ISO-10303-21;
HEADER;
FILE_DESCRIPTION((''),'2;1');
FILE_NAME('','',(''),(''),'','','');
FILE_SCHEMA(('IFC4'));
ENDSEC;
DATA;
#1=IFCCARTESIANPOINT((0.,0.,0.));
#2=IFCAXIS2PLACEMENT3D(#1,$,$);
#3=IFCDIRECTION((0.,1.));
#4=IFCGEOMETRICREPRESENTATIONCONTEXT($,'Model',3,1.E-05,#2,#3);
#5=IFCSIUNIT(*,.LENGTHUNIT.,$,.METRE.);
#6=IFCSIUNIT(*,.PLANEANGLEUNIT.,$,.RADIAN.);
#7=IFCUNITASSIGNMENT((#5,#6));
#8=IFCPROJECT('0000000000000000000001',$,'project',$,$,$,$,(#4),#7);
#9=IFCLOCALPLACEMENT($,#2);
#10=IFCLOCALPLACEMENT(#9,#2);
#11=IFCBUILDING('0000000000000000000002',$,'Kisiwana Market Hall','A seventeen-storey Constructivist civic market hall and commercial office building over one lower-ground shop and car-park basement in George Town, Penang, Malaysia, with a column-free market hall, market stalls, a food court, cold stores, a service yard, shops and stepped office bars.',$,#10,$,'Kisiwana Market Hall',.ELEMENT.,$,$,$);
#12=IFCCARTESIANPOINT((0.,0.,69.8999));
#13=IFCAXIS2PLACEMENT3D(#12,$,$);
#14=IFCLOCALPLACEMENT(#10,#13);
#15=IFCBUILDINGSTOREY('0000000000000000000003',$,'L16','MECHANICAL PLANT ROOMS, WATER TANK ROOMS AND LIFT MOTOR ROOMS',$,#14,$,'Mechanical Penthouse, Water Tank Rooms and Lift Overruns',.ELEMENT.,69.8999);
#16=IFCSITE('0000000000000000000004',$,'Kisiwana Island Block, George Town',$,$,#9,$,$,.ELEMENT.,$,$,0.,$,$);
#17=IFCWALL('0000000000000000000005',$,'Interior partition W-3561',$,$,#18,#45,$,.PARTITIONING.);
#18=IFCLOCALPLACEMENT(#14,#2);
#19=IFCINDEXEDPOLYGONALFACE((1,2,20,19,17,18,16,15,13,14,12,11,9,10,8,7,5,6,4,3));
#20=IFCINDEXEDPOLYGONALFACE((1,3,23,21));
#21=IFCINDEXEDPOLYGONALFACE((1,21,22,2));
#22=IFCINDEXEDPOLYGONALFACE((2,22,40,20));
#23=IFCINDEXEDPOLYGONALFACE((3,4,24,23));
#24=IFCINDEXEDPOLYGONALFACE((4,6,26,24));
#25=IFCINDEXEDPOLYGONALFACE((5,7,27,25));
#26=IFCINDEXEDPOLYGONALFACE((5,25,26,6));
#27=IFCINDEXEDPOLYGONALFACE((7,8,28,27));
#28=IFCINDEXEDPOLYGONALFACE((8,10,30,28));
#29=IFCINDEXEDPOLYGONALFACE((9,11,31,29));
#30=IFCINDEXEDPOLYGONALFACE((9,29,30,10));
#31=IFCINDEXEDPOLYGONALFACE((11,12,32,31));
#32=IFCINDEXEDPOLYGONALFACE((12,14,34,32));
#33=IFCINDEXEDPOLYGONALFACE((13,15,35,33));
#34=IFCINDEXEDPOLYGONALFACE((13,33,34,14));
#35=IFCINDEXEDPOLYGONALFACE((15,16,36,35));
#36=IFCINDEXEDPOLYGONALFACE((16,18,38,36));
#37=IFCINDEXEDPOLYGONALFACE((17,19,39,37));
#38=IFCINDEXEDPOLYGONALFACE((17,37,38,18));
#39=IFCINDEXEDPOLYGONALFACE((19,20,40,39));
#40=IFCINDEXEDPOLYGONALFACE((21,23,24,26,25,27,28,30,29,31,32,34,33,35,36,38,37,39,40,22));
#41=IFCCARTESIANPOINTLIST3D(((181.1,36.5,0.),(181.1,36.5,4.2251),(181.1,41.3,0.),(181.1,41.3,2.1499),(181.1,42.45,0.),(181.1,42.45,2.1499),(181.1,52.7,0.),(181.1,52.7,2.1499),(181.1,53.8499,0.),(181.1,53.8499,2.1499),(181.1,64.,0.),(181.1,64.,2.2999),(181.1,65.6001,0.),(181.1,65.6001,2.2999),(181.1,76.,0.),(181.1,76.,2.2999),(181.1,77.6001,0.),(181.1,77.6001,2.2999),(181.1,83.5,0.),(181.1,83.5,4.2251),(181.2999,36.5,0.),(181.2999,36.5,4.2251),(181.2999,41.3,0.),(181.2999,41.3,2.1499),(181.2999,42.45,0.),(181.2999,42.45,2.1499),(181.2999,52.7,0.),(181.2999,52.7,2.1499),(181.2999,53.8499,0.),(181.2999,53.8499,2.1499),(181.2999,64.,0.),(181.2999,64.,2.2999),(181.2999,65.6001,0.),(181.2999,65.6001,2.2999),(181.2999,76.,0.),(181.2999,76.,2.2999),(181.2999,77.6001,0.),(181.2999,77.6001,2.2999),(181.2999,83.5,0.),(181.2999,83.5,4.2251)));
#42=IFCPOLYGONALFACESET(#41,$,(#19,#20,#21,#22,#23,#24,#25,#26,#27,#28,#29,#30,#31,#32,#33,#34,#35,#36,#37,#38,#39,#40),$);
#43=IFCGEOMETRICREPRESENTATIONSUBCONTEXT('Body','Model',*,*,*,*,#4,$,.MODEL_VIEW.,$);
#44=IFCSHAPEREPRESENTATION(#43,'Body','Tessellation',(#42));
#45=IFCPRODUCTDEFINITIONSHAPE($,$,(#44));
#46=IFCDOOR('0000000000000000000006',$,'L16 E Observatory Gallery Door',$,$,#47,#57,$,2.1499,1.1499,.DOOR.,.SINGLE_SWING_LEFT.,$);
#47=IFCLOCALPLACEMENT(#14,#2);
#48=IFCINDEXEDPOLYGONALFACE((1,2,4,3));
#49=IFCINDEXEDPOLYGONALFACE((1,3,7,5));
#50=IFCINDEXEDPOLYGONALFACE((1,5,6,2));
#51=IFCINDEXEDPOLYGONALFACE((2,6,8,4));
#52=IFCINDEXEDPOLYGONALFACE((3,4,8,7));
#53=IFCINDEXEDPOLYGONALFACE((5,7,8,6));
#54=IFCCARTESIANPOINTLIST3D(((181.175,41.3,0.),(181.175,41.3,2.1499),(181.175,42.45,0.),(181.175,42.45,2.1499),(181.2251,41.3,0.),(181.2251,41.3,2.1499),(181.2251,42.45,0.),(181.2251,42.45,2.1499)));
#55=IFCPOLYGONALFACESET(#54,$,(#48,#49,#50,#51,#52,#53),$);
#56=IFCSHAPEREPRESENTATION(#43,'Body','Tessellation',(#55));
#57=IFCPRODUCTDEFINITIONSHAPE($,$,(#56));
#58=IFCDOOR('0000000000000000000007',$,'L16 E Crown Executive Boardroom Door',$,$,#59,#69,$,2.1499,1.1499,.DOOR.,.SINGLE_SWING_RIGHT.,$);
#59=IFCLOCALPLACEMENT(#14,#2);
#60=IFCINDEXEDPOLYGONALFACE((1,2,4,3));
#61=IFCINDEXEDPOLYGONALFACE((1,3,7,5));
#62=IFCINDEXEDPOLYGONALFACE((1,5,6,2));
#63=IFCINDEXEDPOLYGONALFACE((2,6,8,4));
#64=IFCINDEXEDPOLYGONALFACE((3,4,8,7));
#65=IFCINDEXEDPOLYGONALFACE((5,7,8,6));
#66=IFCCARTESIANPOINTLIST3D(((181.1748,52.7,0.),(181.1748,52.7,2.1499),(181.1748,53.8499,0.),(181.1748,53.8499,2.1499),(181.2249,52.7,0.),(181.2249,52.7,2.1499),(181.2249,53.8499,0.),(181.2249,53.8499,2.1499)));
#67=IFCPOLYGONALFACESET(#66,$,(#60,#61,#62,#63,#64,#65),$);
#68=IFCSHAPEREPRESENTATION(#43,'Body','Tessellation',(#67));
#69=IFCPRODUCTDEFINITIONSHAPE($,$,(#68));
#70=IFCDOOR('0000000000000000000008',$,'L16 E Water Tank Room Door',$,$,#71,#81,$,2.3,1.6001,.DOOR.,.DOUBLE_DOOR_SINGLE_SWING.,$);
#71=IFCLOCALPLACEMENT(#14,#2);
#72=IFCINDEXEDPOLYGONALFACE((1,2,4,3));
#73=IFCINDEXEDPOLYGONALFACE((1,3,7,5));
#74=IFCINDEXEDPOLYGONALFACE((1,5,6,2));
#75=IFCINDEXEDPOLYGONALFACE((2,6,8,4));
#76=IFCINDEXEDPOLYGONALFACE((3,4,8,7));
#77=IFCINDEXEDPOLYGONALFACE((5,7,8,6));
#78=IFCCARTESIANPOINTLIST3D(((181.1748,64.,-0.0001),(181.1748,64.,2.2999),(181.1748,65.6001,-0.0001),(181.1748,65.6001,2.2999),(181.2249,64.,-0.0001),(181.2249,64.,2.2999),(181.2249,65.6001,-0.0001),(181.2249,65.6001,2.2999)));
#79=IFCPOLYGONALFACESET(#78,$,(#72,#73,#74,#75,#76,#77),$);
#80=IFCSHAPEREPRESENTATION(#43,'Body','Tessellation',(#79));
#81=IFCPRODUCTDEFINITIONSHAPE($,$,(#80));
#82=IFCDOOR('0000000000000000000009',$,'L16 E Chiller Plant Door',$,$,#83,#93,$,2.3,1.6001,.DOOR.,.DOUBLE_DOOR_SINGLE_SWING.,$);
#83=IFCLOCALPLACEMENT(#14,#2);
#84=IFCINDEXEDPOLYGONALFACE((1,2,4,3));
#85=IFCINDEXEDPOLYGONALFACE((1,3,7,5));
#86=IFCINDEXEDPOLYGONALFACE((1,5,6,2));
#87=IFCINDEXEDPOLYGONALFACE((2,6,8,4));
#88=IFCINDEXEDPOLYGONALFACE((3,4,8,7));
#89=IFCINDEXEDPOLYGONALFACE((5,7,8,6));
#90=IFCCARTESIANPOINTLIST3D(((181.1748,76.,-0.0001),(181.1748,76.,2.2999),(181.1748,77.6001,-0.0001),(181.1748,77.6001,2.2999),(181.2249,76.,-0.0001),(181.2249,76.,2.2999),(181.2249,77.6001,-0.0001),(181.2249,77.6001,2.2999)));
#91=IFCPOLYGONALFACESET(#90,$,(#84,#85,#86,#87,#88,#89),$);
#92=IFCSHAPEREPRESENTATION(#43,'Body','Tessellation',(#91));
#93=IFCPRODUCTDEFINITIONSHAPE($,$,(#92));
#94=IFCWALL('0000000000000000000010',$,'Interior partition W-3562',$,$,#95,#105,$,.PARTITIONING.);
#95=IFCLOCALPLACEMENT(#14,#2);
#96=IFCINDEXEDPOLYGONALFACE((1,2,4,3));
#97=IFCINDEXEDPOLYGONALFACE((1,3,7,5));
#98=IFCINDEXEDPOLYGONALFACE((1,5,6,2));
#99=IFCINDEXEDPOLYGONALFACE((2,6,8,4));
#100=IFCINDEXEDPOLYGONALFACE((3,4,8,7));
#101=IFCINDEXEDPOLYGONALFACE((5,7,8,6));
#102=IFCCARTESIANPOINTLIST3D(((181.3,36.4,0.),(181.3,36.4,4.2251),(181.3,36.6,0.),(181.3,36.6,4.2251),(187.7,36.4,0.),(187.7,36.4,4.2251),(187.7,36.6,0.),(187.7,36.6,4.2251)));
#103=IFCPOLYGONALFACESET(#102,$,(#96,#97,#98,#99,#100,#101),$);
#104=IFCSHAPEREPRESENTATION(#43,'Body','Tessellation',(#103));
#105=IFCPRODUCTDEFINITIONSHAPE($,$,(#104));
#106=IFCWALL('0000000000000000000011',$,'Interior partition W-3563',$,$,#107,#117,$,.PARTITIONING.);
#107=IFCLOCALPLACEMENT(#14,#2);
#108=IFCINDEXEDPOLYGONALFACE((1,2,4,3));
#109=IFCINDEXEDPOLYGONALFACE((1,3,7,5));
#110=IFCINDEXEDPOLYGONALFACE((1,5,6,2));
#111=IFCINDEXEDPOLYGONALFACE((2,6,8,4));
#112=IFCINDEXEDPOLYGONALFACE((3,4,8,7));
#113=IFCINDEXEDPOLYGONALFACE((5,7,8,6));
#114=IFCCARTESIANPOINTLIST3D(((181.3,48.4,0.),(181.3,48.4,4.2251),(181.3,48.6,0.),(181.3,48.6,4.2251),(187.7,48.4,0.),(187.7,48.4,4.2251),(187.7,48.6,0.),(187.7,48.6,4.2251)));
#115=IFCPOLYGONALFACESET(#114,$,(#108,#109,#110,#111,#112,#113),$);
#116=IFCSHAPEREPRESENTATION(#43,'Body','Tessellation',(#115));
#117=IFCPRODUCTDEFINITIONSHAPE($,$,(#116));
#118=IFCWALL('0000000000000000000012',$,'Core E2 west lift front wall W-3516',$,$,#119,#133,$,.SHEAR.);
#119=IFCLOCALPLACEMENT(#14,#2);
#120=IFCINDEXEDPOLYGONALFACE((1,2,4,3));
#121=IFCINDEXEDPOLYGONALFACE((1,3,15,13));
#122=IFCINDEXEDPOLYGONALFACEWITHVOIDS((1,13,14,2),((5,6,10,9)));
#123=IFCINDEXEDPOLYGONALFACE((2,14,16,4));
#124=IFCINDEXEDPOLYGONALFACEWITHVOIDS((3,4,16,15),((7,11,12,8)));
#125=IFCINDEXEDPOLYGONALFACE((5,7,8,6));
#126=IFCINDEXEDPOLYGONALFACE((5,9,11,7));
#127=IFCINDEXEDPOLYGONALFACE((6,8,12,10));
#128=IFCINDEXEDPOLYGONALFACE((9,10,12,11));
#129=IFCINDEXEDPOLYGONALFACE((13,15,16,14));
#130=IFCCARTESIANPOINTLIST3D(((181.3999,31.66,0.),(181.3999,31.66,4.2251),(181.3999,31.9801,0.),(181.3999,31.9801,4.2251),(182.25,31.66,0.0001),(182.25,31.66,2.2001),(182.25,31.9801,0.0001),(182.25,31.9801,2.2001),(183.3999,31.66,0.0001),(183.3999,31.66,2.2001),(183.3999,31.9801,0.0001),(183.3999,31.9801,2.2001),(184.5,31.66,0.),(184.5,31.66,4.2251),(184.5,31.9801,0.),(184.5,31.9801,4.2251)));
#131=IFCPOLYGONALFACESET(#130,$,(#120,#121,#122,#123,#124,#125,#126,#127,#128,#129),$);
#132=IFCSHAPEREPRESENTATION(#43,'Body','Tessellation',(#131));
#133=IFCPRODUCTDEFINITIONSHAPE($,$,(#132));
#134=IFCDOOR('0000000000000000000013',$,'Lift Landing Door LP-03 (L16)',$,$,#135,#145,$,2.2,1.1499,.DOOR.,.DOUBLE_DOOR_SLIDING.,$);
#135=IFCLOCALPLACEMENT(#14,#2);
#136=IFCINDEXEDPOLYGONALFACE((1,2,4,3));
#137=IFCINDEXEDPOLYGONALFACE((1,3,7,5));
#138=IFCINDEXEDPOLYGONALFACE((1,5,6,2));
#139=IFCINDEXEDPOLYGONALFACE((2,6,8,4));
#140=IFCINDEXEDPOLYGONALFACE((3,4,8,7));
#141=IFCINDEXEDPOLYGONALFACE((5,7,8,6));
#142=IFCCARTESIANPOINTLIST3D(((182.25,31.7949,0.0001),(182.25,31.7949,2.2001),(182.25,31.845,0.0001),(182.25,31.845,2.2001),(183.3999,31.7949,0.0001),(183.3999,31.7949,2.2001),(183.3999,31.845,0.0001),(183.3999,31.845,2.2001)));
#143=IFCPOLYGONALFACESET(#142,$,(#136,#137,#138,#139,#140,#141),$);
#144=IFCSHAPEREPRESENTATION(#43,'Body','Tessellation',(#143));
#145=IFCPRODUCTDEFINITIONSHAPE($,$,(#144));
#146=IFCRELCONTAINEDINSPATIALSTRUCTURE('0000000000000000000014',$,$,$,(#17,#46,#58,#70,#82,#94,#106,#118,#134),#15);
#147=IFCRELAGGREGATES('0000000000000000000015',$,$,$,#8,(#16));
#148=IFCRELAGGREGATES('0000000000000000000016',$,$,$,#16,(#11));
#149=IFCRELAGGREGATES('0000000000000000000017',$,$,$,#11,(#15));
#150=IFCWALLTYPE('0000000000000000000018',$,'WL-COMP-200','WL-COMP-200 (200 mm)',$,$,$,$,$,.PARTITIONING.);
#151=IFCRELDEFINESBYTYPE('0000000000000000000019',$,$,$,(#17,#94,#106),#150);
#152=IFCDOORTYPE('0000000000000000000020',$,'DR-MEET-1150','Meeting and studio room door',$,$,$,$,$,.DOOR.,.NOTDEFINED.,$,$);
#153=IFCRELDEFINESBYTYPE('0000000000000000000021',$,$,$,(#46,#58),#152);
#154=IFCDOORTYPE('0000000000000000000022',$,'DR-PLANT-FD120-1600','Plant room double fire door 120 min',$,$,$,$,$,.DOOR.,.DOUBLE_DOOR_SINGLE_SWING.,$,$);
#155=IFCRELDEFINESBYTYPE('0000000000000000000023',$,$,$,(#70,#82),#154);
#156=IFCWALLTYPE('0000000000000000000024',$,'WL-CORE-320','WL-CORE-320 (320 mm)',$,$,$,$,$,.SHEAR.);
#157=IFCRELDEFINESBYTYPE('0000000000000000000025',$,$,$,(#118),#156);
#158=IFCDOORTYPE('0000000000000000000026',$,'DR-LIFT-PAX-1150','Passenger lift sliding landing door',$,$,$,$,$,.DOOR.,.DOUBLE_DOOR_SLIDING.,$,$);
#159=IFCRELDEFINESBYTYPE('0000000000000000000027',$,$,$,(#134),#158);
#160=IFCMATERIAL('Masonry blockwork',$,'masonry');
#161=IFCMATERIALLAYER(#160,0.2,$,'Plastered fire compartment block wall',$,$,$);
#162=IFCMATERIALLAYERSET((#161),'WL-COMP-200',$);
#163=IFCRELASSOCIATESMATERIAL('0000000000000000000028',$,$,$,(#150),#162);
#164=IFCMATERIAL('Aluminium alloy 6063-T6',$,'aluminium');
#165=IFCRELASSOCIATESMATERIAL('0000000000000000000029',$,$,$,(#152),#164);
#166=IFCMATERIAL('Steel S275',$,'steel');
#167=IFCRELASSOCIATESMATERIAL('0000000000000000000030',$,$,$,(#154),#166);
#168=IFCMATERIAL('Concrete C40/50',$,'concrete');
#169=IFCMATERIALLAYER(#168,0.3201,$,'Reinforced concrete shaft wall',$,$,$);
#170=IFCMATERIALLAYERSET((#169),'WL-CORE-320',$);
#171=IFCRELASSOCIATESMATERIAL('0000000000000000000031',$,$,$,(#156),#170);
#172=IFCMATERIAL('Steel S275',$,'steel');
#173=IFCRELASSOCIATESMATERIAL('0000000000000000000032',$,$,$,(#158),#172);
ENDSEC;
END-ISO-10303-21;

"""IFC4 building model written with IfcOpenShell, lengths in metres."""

from ifc_helpers import new_model, si_unit, direction, frame, frame_2d, origin, place, context, subcontext, project, spatial, rectangle, extrude, material, layer, layer_set, type_object, element, fill, save


model = new_model("IFC4")

# Units and contexts
model_context = context("Model", 3, precision=1e-05, world=origin(), true_north=direction((0.0, 1.0)))
body_context = subcontext(model_context, "Body", "Model", "MODEL_VIEW")
ifc_project = project(units=[si_unit("LENGTHUNIT", "METRE"), si_unit("PLANEANGLEUNIT", "RADIAN")], contexts=[model_context])

# Site, building, storey
site_placement = place(None, origin())
site = spatial("IfcSite", under=ifc_project, at=site_placement, Name="Kisiwana Island Block, George Town", CompositionType="ELEMENT", RefElevation=0.0)
building_placement = place(site_placement, origin())
building = spatial("IfcBuilding", under=site, at=building_placement, Name="Kisiwana Market Hall", Description="A seventeen-storey Constructivist civic market hall and commercial office building over one lower-ground shop and car-park basement in George Town, Penang, Malaysia, with a column-free market hall, market stalls, a food court, cold stores, a service yard, shops and stepped office bars.", LongName="Kisiwana Market Hall", CompositionType="ELEMENT")
storey_placement = place(building_placement, frame((0.0, 0.0, 69.8999)))
storey = spatial("IfcBuildingStorey", under=building, at=storey_placement, Name="L16", Description="MECHANICAL PLANT ROOMS, WATER TANK ROOMS AND LIFT MOTOR ROOMS", LongName="Mechanical Penthouse, Water Tank Rooms and Lift Overruns", CompositionType="ELEMENT", Elevation=69.8999)

# Shared definitions
ifc_material_1 = material(Name="Masonry blockwork", Category="masonry")
ifc_layer_1 = layer(ifc_material_1, 0.2, Name="Plastered fire compartment block wall")
ifc_layer_set_1 = layer_set([ifc_layer_1], Name="WL-COMP-200")
wall_type_1 = type_object("IfcWallType", Name="WL-COMP-200", Description="WL-COMP-200 (200 mm)", PredefinedType="PARTITIONING", material=ifc_layer_set_1)

# Wall, openings, doors
wall_1_placement = place(storey_placement, frame((181.2, 36.5, 0.0), z_axis=(0.0, 0.0, 1.0), x_axis=(0.0, 1.0, 0.0)))
wall_1 = element("IfcWall", 1, at=wall_1_placement, inside=storey, type_object=wall_type_1, Name="Interior partition W-3561", PredefinedType="PARTITIONING", context=body_context, shape_type="SweptSolid", body=[
    extrude(rectangle(XDim=47.0, YDim=0.2, at=frame_2d((23.5, 0.0))), origin(), (0.0, 0.0, 1.0), 4.2251),
])
opening_1_placement = place(wall_1_placement, frame((4.8, 0.0, 0.0)))
opening_1 = element("IfcOpeningElement", 2, at=opening_1_placement, cuts=wall_1, PredefinedType="OPENING", context=body_context, shape_type="SweptSolid", body=[
    extrude(rectangle(XDim=1.1499, YDim=2.1499, at=frame_2d((0.575, 1.075))), frame((0.0, 0.1118, 0.0), z_axis=(0.0, -1.0, 0.0), x_axis=(1.0, 0.0, 0.0)), (0.0, 0.0, 1.0), 0.2239),
])
opening_2_placement = place(wall_1_placement, frame((16.2, 0.0, 0.0)))
opening_2 = element("IfcOpeningElement", 3, at=opening_2_placement, cuts=wall_1, PredefinedType="OPENING", context=body_context, shape_type="SweptSolid", body=[
    extrude(rectangle(XDim=1.1499, YDim=2.1499, at=frame_2d((0.575, 1.075))), frame((0.0, 0.1118, 0.0), z_axis=(0.0, -1.0, 0.0), x_axis=(1.0, 0.0, 0.0)), (0.0, 0.0, 1.0), 0.2239),
])
opening_3_placement = place(wall_1_placement, frame((27.5, 0.0, 0.0)))
opening_3 = element("IfcOpeningElement", 4, at=opening_3_placement, cuts=wall_1, PredefinedType="OPENING", context=body_context, shape_type="SweptSolid", body=[
    extrude(rectangle(XDim=1.6001, YDim=2.3, at=frame_2d((0.8, 1.1499))), frame((0.0, 0.1118, 0.0), z_axis=(0.0, -1.0, 0.0), x_axis=(1.0, 0.0, 0.0)), (0.0, 0.0, 1.0), 0.2239),
])
opening_4_placement = place(wall_1_placement, frame((39.5, 0.0, 0.0)))
opening_4 = element("IfcOpeningElement", 5, at=opening_4_placement, cuts=wall_1, PredefinedType="OPENING", context=body_context, shape_type="SweptSolid", body=[
    extrude(rectangle(XDim=1.6001, YDim=2.3, at=frame_2d((0.8, 1.1499))), frame((0.0, 0.1118, 0.0), z_axis=(0.0, -1.0, 0.0), x_axis=(1.0, 0.0, 0.0)), (0.0, 0.0, 1.0), 0.2239),
])
ifc_material_2 = material(Name="Aluminium alloy 6063-T6", Category="aluminium")
door_type_1 = type_object("IfcDoorType", Name="DR-MEET-1150", Description="Meeting and studio room door", OperationType="NOTDEFINED", PredefinedType="DOOR", material=ifc_material_2)
door_1_placement = place(opening_1_placement, origin())
door_1 = element("IfcDoor", 6, at=door_1_placement, inside=storey, type_object=door_type_1, Name="L16 E Observatory Gallery Door", OperationType="SINGLE_SWING_LEFT", OverallHeight=2.1499, OverallWidth=1.1499, PredefinedType="DOOR", context=body_context, shape_type="SweptSolid", body=[
    extrude(rectangle(XDim=1.1499, YDim=2.1499, at=frame_2d((0.575, 1.075))), frame((0.0, 0.0249, 0.0), z_axis=(0.0, -1.0, 0.0), x_axis=(1.0, 0.0, 0.0)), (0.0, 0.0, 1.0), 0.05),
])
fill(opening_1, door_1)
door_2_placement = place(opening_2_placement, frame((1.1499, 0.0, 0.0), z_axis=(0.0, 0.0, 1.0), x_axis=(-1.0, 0.0, 0.0)))
door_2 = element("IfcDoor", 7, at=door_2_placement, inside=storey, type_object=door_type_1, Name="L16 E Crown Executive Boardroom Door", OperationType="SINGLE_SWING_RIGHT", OverallHeight=2.1499, OverallWidth=1.1499, PredefinedType="DOOR", context=body_context, shape_type="SweptSolid", body=[
    extrude(rectangle(XDim=1.1499, YDim=2.1499, at=frame_2d((0.575, 1.075))), frame((0.0, 0.0249, 0.0), z_axis=(0.0, -1.0, 0.0), x_axis=(1.0, 0.0, 0.0)), (0.0, 0.0, 1.0), 0.05),
])
fill(opening_2, door_2)
ifc_material_3 = material(Name="Steel S275", Category="steel")
door_type_2 = type_object("IfcDoorType", Name="DR-PLANT-FD120-1600", Description="Plant room double fire door 120 min", OperationType="DOUBLE_DOOR_SINGLE_SWING", PredefinedType="DOOR", material=ifc_material_3)
door_3_placement = place(opening_3_placement, frame((1.6001, 0.0, 0.0), z_axis=(0.0, 0.0, 1.0), x_axis=(-1.0, 0.0, 0.0)))
door_3 = element("IfcDoor", 8, at=door_3_placement, inside=storey, type_object=door_type_2, Name="L16 E Water Tank Room Door", OperationType="DOUBLE_DOOR_SINGLE_SWING", OverallHeight=2.3, OverallWidth=1.6001, PredefinedType="DOOR", context=body_context, shape_type="SweptSolid", body=[
    extrude(rectangle(XDim=1.6001, YDim=2.3, at=frame_2d((0.8, 1.1499))), frame((0.0, 0.0249, 0.0), z_axis=(0.0, -1.0, 0.0), x_axis=(1.0, 0.0, 0.0)), (0.0, 0.0, 1.0), 0.05),
])
fill(opening_3, door_3)
door_4_placement = place(opening_4_placement, frame((1.6001, 0.0, 0.0), z_axis=(0.0, 0.0, 1.0), x_axis=(-1.0, 0.0, 0.0)))
door_4 = element("IfcDoor", 9, at=door_4_placement, inside=storey, type_object=door_type_2, Name="L16 E Chiller Plant Door", OperationType="DOUBLE_DOOR_SINGLE_SWING", OverallHeight=2.3, OverallWidth=1.6001, PredefinedType="DOOR", context=body_context, shape_type="SweptSolid", body=[
    extrude(rectangle(XDim=1.6001, YDim=2.3, at=frame_2d((0.8, 1.1499))), frame((0.0, 0.0249, 0.0), z_axis=(0.0, -1.0, 0.0), x_axis=(1.0, 0.0, 0.0)), (0.0, 0.0, 1.0), 0.05),
])
fill(opening_4, door_4)

# Walls
for number, where, z_axis, x_axis, name in (
    (10, (181.3, 36.5, 0.0), (0.0, 0.0, 1.0), (1.0, 0.0, 0.0), "Interior partition W-3562"),
    (11, (181.3, 48.5, 0.0), (0.0, 0.0, 1.0), (1.0, 0.0, 0.0), "Interior partition W-3563"),
):
    element("IfcWall", number, at=place(storey_placement, frame(where, z_axis=z_axis, x_axis=x_axis)), inside=storey, type_object=wall_type_1, Name=name, PredefinedType="PARTITIONING", context=body_context, shape_type="SweptSolid", body=[
        extrude(rectangle(XDim=6.3999, YDim=0.2, at=frame_2d((3.2, 0.0))), origin(), (0.0, 0.0, 1.0), 4.2251),
    ])

# Wall, opening, door
ifc_material_4 = material(Name="Concrete C40/50", Category="concrete")
ifc_layer_2 = layer(ifc_material_4, 0.3201, Name="Reinforced concrete shaft wall")
ifc_layer_set_2 = layer_set([ifc_layer_2], Name="WL-CORE-320")
wall_type_2 = type_object("IfcWallType", Name="WL-CORE-320", Description="WL-CORE-320 (320 mm)", PredefinedType="SHEAR", material=ifc_layer_set_2)
wall_2_placement = place(storey_placement, frame((181.3999, 31.8201, 0.0), z_axis=(0.0, 0.0, 1.0), x_axis=(1.0, 0.0, 0.0)))
wall_2 = element("IfcWall", 12, at=wall_2_placement, inside=storey, type_object=wall_type_2, Name="Core E2 west lift front wall W-3516", PredefinedType="SHEAR", context=body_context, shape_type="SweptSolid", body=[
    extrude(rectangle(XDim=3.1001, YDim=0.3201, at=frame_2d((1.55, 0.0))), origin(), (0.0, 0.0, 1.0), 4.2251),
])
opening_5_placement = place(wall_2_placement, frame((0.8501, 0.0, 0.0)))
opening_5 = element("IfcOpeningElement", 13, at=opening_5_placement, cuts=wall_2, PredefinedType="OPENING", context=body_context, shape_type="SweptSolid", body=[
    extrude(rectangle(XDim=1.1499, YDim=2.2, at=frame_2d((0.575, 1.1001))), frame((0.0, 0.1719, 0.0), z_axis=(0.0, -1.0, 0.0), x_axis=(1.0, 0.0, 0.0)), (0.0, 0.0, 1.0), 0.344),
])
ifc_material_5 = material(Name="Steel S275", Category="steel")
door_type_3 = type_object("IfcDoorType", Name="DR-LIFT-PAX-1150", Description="Passenger lift sliding landing door", OperationType="DOUBLE_DOOR_SLIDING", PredefinedType="DOOR", material=ifc_material_5)
door_5_placement = place(opening_5_placement, origin())
door_5 = element("IfcDoor", 14, at=door_5_placement, inside=storey, type_object=door_type_3, Name="Lift Landing Door LP-03 (L16)", OperationType="DOUBLE_DOOR_SLIDING", OverallHeight=2.2, OverallWidth=1.1499, PredefinedType="DOOR", context=body_context, shape_type="SweptSolid", body=[
    extrude(rectangle(XDim=1.1499, YDim=2.2, at=frame_2d((0.575, 1.1001))), frame((0.0, 0.0249, 0.0), z_axis=(0.0, -1.0, 0.0), x_axis=(1.0, 0.0, 0.0)), (0.0, 0.0, 1.0), 0.05),
])
fill(opening_5, door_5)

save(model, "model.ifc")
